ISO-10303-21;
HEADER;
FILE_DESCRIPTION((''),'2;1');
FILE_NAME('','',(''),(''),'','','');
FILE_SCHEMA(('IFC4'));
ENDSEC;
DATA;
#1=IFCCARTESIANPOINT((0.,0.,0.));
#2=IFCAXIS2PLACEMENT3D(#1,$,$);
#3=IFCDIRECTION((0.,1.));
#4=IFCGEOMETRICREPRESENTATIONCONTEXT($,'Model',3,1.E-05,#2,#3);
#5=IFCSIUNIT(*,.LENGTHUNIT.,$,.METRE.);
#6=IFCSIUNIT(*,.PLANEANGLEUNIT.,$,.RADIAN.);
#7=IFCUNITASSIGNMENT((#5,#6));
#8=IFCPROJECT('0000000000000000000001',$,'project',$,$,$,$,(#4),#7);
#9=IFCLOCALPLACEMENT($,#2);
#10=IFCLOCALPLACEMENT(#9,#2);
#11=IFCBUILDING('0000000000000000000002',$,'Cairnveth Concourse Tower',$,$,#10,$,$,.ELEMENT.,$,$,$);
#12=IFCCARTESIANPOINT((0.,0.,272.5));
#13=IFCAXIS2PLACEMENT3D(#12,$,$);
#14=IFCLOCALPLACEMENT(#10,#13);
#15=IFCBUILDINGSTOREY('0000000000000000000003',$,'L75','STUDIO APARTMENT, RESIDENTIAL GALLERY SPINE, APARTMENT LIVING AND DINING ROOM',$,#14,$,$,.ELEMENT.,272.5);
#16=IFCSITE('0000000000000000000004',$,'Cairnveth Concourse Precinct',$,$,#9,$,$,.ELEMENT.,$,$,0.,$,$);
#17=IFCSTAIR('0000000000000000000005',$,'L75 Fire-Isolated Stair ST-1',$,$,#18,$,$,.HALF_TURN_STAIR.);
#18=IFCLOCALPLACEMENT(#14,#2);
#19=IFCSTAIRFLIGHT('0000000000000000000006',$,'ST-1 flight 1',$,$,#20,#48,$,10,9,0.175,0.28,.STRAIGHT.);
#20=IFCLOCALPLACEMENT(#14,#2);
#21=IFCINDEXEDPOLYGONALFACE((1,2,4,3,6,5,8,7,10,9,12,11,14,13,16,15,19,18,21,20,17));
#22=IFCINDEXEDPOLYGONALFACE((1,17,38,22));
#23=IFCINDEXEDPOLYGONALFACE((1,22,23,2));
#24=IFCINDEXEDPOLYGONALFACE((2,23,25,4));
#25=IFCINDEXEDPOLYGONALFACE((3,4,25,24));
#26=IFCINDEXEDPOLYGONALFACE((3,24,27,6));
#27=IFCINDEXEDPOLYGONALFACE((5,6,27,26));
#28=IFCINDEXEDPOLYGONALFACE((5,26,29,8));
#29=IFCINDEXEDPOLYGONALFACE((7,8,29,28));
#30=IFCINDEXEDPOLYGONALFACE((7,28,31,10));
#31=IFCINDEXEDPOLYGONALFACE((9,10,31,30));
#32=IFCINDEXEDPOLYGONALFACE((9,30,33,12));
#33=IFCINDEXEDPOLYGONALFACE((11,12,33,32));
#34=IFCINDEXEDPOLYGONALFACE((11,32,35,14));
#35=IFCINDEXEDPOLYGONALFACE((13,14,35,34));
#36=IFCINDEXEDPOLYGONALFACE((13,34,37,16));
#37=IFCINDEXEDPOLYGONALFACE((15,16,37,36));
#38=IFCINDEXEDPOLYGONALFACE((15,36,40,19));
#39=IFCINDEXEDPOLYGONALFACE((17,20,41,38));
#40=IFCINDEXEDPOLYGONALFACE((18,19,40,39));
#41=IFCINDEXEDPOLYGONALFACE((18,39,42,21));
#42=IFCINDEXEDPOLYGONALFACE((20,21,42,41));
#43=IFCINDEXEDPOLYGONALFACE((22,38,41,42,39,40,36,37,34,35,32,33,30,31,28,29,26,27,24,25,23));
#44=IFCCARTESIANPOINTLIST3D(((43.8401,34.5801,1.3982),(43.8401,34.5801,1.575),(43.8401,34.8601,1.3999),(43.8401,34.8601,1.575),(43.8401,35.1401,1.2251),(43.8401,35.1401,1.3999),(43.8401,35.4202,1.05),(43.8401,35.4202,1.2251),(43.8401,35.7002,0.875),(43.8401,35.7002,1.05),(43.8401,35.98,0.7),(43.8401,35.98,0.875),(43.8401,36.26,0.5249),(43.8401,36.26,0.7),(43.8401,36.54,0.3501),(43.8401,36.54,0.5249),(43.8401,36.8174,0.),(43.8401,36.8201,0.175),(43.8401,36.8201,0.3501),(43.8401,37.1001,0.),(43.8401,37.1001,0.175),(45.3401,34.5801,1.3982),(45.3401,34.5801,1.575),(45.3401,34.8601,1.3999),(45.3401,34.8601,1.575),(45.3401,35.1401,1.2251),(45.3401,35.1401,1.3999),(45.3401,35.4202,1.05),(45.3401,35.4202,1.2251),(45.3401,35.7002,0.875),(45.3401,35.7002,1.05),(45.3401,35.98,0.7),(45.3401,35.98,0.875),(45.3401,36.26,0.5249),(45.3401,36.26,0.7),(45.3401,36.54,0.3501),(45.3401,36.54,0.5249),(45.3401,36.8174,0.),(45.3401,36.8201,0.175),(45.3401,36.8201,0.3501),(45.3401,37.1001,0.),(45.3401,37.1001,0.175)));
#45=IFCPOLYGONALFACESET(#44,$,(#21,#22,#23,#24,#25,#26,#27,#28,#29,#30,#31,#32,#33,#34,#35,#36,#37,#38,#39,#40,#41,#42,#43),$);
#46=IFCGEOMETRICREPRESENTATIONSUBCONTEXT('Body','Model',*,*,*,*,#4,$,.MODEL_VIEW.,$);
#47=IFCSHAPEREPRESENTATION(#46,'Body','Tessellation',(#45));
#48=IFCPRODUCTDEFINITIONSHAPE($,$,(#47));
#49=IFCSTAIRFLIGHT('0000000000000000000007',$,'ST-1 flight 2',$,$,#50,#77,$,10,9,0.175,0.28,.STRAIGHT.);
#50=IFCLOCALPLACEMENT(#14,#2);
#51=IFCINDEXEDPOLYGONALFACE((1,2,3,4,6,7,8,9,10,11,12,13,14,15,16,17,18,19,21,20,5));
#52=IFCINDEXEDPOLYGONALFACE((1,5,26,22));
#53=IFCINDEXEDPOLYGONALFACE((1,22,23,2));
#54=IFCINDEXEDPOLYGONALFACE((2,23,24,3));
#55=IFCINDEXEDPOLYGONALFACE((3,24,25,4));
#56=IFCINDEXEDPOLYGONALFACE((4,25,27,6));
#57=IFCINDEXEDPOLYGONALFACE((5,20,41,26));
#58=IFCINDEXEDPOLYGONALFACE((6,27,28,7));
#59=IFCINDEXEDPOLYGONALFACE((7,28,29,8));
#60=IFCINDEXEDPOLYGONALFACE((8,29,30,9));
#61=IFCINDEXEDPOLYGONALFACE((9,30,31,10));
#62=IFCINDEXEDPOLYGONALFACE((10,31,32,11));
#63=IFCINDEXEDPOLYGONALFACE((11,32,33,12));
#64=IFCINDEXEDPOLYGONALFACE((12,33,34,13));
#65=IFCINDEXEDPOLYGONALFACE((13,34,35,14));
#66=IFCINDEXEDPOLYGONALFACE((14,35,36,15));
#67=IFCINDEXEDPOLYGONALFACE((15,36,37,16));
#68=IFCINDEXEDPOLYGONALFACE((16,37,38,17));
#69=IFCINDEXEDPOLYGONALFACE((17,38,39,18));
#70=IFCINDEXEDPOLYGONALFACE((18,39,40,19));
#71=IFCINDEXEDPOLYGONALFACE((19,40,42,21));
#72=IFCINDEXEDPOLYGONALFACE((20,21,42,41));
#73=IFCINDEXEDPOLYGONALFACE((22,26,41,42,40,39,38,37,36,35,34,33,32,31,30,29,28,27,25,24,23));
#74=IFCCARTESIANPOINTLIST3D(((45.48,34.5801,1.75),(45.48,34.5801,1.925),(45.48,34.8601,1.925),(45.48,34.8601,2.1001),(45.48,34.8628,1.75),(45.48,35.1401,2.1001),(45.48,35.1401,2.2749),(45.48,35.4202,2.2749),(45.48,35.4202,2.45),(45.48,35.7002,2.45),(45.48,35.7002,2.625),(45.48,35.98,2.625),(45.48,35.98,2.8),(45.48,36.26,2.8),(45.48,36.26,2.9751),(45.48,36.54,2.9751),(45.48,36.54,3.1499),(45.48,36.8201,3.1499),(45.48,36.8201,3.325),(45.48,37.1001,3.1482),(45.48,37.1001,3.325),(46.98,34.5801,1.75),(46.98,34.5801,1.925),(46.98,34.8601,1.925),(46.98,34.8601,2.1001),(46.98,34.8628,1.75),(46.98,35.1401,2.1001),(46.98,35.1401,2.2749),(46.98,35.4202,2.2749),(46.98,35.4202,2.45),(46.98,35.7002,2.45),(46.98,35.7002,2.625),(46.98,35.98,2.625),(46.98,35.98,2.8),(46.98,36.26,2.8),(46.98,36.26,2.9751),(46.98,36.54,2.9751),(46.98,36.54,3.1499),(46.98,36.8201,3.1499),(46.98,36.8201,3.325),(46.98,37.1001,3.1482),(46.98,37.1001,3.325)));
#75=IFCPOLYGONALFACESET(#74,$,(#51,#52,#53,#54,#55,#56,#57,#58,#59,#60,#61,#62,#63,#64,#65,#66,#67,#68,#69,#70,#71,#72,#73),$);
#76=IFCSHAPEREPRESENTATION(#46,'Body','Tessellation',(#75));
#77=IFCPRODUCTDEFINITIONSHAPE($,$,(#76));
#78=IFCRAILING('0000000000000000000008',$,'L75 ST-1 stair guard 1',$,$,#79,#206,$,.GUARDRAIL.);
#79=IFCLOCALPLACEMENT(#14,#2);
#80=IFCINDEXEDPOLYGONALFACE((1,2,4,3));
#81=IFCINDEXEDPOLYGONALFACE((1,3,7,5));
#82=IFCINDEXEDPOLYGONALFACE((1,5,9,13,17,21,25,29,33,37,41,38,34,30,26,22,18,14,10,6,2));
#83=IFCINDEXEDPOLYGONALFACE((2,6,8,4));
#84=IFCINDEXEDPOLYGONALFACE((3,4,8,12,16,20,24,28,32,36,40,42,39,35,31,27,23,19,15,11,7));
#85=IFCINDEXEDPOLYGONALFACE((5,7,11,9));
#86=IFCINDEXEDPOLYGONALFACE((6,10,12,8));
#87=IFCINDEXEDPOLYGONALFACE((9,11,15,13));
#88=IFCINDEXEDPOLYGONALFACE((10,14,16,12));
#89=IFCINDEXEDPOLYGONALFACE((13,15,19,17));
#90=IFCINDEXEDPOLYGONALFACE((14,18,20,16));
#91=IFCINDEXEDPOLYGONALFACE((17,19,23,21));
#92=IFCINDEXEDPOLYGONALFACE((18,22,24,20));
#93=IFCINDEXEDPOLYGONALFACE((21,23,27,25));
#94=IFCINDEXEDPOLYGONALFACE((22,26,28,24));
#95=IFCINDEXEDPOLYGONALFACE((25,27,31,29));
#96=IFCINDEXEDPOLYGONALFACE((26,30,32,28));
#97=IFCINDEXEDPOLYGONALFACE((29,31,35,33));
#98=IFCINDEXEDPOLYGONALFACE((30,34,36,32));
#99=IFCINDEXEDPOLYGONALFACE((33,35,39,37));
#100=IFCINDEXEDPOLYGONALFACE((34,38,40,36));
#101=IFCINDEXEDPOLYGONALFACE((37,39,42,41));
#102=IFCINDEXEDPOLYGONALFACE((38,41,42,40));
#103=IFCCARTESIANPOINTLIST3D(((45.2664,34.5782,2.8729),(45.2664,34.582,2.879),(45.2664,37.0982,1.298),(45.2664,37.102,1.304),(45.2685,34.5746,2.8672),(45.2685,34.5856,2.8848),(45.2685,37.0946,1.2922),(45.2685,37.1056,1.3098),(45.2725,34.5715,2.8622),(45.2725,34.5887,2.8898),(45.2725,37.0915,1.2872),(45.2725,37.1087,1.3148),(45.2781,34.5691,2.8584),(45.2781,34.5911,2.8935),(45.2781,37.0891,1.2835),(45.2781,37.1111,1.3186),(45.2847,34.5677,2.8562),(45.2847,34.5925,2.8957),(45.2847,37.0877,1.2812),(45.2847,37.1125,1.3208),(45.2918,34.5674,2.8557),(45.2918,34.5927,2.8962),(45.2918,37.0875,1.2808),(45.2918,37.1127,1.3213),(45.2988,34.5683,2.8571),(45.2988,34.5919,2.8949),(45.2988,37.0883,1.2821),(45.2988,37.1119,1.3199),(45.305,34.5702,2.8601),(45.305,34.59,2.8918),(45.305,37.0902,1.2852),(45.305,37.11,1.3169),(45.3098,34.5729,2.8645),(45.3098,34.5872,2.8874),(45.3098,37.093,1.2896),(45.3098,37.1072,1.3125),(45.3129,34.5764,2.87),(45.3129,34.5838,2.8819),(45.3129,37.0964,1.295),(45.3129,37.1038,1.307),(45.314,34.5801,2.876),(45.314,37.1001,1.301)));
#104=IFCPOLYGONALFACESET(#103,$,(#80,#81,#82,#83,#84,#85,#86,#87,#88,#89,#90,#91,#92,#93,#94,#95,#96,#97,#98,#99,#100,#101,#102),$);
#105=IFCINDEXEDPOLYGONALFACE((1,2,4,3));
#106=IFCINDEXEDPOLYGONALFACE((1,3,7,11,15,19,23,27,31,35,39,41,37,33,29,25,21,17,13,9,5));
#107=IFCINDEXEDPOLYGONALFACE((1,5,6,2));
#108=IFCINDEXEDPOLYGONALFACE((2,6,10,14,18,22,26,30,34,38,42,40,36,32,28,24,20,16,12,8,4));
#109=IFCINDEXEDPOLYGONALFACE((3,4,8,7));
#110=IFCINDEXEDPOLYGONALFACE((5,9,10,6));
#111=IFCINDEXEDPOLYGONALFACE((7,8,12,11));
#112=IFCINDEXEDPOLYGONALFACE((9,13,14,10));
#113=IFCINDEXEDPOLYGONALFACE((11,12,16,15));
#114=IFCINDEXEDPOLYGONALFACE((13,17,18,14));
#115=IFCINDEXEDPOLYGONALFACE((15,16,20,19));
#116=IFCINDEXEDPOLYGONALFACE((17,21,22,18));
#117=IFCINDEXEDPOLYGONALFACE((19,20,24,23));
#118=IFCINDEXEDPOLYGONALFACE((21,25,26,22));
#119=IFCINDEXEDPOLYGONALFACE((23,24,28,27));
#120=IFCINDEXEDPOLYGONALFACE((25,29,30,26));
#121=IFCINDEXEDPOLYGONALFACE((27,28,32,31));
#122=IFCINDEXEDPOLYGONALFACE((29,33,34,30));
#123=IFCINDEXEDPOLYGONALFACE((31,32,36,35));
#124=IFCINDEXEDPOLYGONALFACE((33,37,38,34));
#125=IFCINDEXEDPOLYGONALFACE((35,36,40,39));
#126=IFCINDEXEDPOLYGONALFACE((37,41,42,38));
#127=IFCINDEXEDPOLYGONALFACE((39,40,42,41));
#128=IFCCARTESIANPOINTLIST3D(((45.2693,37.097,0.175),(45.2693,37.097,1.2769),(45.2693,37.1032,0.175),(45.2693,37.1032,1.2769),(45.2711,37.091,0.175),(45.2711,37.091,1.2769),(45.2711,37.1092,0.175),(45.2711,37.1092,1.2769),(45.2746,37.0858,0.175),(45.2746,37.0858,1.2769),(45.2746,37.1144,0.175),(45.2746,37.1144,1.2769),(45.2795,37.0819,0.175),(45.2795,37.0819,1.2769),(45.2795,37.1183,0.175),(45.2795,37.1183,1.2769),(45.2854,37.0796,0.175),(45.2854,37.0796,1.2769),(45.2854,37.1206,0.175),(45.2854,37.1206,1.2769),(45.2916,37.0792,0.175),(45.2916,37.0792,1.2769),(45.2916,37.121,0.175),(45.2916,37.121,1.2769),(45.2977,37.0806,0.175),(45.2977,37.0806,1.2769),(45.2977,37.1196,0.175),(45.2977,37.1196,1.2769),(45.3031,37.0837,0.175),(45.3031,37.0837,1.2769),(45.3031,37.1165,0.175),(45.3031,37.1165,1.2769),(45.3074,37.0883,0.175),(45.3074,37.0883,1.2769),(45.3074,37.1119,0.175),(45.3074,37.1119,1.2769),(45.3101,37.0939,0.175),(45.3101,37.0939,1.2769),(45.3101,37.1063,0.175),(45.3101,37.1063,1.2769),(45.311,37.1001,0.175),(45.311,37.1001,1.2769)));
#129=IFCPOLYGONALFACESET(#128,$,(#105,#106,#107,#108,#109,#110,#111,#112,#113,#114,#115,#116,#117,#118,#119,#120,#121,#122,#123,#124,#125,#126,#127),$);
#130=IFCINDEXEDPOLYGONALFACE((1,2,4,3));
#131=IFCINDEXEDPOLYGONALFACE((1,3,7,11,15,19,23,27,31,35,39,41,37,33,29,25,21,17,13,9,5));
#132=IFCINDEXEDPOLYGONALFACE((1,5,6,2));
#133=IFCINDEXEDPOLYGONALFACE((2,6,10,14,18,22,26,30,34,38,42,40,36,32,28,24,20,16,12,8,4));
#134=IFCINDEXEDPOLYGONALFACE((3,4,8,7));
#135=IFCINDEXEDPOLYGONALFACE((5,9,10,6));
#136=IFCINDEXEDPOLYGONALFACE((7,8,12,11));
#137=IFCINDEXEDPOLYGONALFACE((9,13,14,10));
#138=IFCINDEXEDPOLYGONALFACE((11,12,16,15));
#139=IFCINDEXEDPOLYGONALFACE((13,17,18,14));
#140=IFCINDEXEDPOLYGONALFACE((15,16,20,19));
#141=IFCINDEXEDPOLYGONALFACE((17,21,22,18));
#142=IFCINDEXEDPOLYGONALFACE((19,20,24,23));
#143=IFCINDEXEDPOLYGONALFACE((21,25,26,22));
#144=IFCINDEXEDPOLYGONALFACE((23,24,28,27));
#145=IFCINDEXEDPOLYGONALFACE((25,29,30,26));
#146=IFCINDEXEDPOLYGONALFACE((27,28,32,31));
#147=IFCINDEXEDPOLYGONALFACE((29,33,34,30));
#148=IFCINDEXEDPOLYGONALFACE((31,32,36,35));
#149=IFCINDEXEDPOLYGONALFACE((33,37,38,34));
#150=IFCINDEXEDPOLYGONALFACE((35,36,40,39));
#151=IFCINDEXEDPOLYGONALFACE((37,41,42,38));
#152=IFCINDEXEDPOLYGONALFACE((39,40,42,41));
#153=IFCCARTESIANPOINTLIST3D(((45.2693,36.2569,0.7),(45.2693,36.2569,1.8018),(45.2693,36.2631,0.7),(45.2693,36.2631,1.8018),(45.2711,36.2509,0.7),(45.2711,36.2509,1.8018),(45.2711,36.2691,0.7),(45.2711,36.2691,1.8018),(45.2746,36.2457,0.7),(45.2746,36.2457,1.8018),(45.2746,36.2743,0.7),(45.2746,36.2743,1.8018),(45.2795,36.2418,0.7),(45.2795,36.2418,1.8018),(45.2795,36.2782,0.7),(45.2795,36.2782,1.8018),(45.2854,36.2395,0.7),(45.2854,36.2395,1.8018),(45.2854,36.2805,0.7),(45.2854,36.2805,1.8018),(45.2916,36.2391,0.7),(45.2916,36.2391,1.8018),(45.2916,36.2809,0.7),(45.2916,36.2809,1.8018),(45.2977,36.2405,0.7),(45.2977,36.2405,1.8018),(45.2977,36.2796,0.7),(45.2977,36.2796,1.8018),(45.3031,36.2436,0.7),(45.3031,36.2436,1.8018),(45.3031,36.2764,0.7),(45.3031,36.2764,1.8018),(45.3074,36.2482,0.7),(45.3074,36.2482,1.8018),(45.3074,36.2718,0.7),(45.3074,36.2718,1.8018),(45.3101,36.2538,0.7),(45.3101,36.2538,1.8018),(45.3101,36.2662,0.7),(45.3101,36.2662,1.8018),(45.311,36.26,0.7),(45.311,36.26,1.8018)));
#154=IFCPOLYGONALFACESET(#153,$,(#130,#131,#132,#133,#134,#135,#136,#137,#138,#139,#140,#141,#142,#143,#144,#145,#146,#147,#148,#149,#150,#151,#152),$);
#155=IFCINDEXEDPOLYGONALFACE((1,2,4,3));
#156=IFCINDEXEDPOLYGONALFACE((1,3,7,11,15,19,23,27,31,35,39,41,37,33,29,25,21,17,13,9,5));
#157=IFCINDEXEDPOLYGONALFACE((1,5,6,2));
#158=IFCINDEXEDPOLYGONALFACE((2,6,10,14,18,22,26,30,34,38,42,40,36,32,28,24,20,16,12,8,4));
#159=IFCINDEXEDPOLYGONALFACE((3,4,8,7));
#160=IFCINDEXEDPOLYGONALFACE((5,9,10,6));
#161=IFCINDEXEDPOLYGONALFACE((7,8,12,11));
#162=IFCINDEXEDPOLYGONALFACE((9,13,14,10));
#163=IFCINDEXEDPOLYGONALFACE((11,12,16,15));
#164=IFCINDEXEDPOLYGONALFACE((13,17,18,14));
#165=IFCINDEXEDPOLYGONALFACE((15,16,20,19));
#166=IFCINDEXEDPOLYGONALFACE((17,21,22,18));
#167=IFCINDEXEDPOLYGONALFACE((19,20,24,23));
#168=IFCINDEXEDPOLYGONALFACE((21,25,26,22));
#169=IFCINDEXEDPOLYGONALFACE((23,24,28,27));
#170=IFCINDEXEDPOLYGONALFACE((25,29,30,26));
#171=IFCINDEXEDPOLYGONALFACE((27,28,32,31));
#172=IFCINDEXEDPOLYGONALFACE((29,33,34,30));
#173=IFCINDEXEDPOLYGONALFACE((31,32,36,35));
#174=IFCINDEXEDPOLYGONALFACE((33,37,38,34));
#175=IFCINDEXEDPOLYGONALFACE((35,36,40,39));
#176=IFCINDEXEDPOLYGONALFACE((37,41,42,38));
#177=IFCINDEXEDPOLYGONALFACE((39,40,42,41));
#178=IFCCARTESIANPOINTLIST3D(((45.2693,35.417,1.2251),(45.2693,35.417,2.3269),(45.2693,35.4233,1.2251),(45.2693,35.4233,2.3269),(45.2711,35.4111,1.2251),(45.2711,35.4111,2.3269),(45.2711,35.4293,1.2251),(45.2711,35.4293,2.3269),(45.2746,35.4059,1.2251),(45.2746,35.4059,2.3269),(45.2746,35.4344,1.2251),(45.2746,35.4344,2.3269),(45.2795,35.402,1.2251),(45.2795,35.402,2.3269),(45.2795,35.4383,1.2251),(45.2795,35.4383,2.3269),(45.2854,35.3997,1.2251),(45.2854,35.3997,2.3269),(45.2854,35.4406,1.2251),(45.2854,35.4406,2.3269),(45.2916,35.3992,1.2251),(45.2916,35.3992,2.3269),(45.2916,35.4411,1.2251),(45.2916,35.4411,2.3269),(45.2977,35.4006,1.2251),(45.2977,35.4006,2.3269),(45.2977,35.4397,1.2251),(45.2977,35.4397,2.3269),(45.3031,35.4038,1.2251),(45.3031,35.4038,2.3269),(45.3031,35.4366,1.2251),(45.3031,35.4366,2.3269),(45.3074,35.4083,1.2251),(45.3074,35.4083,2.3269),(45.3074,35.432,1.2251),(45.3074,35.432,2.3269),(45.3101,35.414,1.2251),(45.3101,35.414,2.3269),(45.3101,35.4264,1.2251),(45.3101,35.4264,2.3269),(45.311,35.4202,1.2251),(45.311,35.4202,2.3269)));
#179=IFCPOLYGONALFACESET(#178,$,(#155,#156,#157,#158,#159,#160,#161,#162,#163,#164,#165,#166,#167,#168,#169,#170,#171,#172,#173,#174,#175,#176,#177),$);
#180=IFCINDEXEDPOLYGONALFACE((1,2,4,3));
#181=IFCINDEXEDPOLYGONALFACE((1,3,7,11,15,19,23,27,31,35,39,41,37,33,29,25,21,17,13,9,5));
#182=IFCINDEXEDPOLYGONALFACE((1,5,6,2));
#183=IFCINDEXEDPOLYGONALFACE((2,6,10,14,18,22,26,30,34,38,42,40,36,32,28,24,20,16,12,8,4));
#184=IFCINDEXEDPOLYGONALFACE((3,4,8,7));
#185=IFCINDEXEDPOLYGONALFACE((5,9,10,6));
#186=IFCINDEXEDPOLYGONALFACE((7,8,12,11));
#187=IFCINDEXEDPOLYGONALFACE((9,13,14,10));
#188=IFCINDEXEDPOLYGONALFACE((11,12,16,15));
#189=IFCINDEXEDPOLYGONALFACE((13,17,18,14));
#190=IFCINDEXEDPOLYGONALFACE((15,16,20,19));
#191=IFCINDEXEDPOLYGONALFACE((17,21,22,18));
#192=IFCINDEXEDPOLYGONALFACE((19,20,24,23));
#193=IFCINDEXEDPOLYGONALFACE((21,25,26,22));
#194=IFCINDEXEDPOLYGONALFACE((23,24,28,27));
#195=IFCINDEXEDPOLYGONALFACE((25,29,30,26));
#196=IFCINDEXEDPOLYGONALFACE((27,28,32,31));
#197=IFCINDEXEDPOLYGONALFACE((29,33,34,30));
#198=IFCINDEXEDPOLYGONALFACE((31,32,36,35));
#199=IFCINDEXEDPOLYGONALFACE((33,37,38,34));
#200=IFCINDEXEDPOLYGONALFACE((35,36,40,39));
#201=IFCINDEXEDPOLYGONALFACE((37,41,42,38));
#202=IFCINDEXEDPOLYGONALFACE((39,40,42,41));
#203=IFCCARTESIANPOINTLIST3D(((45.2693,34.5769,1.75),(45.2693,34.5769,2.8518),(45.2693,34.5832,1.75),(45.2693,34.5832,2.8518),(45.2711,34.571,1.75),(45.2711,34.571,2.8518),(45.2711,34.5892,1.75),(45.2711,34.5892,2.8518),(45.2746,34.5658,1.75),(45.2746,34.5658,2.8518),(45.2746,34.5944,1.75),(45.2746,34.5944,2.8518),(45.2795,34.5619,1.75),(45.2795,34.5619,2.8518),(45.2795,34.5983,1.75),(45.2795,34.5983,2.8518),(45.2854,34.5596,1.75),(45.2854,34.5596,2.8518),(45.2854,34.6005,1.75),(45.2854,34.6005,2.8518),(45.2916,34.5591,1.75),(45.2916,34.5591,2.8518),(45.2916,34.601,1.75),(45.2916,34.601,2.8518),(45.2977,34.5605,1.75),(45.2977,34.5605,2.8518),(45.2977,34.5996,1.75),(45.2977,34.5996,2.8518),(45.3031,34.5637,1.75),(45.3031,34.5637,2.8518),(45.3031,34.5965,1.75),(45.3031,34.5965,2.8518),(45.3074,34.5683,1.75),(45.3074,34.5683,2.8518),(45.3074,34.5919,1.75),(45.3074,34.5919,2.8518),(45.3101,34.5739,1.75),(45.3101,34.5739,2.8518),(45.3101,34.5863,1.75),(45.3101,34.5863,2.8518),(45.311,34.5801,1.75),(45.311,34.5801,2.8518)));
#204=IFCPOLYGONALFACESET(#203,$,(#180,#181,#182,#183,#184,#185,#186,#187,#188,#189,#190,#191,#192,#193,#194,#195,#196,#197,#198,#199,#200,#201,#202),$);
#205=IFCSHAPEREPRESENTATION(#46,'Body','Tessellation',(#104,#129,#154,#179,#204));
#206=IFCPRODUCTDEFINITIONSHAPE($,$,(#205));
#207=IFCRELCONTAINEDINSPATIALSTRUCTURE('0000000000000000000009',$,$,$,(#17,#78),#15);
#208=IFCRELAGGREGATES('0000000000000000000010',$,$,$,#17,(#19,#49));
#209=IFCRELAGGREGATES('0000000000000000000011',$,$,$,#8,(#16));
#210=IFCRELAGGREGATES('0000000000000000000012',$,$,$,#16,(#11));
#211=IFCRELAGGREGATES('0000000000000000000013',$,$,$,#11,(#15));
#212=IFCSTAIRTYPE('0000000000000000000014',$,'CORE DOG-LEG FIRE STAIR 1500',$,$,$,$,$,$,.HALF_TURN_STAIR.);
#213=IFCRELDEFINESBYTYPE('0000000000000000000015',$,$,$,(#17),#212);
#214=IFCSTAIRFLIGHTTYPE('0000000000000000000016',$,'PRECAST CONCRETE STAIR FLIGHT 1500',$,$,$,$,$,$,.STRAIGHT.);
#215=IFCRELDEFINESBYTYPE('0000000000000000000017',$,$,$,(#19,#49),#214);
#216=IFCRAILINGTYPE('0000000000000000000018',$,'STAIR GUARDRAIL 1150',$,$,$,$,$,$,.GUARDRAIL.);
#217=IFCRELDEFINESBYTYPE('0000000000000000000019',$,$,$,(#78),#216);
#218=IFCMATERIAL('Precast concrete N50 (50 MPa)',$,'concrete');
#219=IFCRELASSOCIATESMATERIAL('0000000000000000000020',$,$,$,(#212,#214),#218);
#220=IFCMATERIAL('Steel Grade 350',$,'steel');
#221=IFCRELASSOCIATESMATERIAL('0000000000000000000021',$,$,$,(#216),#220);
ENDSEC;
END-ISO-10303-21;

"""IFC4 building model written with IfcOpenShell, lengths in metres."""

from ifc_helpers import new_model, si_unit, direction, frame, origin, origin_2d, place, context, subcontext, project, spatial, polyline, circle, outline, extrude, material, type_object, element, aggregate, save


model = new_model("IFC4")

# Units and contexts
model_context = context("Model", 3, precision=1e-05, world=origin(), true_north=direction((0.0, 1.0)))
body_context = subcontext(model_context, "Body", "Model", "MODEL_VIEW")
ifc_project = project(units=[si_unit("LENGTHUNIT", "METRE"), si_unit("PLANEANGLEUNIT", "RADIAN")], contexts=[model_context])

# Site, building, storey
site_placement = place(None, origin())
site = spatial("IfcSite", under=ifc_project, at=site_placement, Name="Cairnveth Concourse Precinct", CompositionType="ELEMENT", RefElevation=0.0)
building_placement = place(site_placement, origin())
building = spatial("IfcBuilding", under=site, at=building_placement, Name="Cairnveth Concourse Tower", CompositionType="ELEMENT")
storey_placement = place(building_placement, frame((0.0, 0.0, 272.5)))
storey = spatial("IfcBuildingStorey", under=building, at=storey_placement, Name="L75", Description="STUDIO APARTMENT, RESIDENTIAL GALLERY SPINE, APARTMENT LIVING AND DINING ROOM", CompositionType="ELEMENT", Elevation=272.5)

# Shared definitions
ifc_material_1 = material(Name="Steel Grade 350", Category="steel")

# Stair, stair flights
ifc_material_2 = material(Name="Precast concrete N50 (50 MPa)", Category="concrete")
stair_type = type_object("IfcStairType", Name="CORE DOG-LEG FIRE STAIR 1500", PredefinedType="HALF_TURN_STAIR", material=ifc_material_2)
stair_placement = place(storey_placement, origin())
stair = element("IfcStair", 1, at=stair_placement, inside=storey, type_object=stair_type, Name="L75 Fire-Isolated Stair ST-1", PredefinedType="HALF_TURN_STAIR")
stair_flight_type = type_object("IfcStairFlightType", Name="PRECAST CONCRETE STAIR FLIGHT 1500", PredefinedType="STRAIGHT", material=ifc_material_2)
stair_flight_1_placement = place(storey_placement, frame((44.5901, 37.1001, 0.0), z_axis=(0.0, 0.0, 1.0), x_axis=(0.0, -1.0, 0.0)))
stair_flight_1 = element("IfcStairFlight", 2, at=stair_flight_1_placement, type_object=stair_flight_type, Name="ST-1 flight 1", NumberOfRisers=10, NumberOfTreads=9, PredefinedType="STRAIGHT", RiserHeight=0.175, TreadLength=0.28, context=body_context, shape_type="SweptSolid", body=[
    extrude(outline(polyline([(0.0, 0.0), (0.0, 0.175), (0.28, 0.175), (0.28, 0.3501), (0.5601, 0.3501), (0.5601, 0.5249), (0.8401, 0.5249), (0.8401, 0.7), (1.1201, 0.7), (1.1201, 0.875), (1.3999, 0.875), (1.3999, 1.05), (1.6799, 1.05), (1.6799, 1.2251), (1.96, 1.2251), (1.96, 1.3999), (2.24, 1.3999), (2.24, 1.575), (2.52, 1.575), (2.52, 1.75), (2.52, 1.3982), (0.2827, 0.0), (0.0, 0.0)])), frame((0.0, 0.75, 0.0), z_axis=(0.0, -1.0, 0.0), x_axis=(1.0, 0.0, 0.0)), (0.0, 0.0, 1.0), 1.5),
])
stair_flight_2_placement = place(storey_placement, frame((46.23, 34.5801, 1.75), z_axis=(0.0, 0.0, 1.0), x_axis=(0.0, 1.0, 0.0)))
stair_flight_2 = element("IfcStairFlight", 3, at=stair_flight_2_placement, type_object=stair_flight_type, Name="ST-1 flight 2", NumberOfRisers=10, NumberOfTreads=9, PredefinedType="STRAIGHT", RiserHeight=0.175, TreadLength=0.28, context=body_context, shape_type="SweptSolid", body=[
    extrude(outline(polyline([(0.0, 0.0), (0.0, 0.175), (0.28, 0.175), (0.28, 0.3501), (0.5601, 0.3501), (0.5601, 0.5249), (0.8401, 0.5249), (0.8401, 0.7), (1.1201, 0.7), (1.1201, 0.875), (1.3999, 0.875), (1.3999, 1.05), (1.6799, 1.05), (1.6799, 1.2251), (1.96, 1.2251), (1.96, 1.3999), (2.24, 1.3999), (2.24, 1.575), (2.52, 1.575), (2.52, 1.75), (2.52, 1.3982), (0.2827, 0.0), (0.0, 0.0)])), frame((0.0, 0.75, 0.0), z_axis=(0.0, -1.0, 0.0), x_axis=(1.0, 0.0, 0.0)), (0.0, 0.0, 1.0), 1.5),
])
aggregate(stair, [stair_flight_1, stair_flight_2])

# Railing
railing_type_1 = type_object("IfcRailingType", Name="STAIR GUARDRAIL 1150", PredefinedType="GUARDRAIL", material=ifc_material_1)
railing_1_placement = place(storey_placement, frame((45.29, 37.1001, 0.175)))
element("IfcRailing", 4, at=railing_1_placement, inside=storey, type_object=railing_type_1, Name="L75 ST-1 stair guard 1", PredefinedType="GUARDRAIL", context=body_context, shape_type="SweptSolid", body=[
    extrude(circle(Radius=0.0239, at=origin_2d()), frame((0.0, 0.0, 1.126), z_axis=(0.0, -0.848008, 0.529984), x_axis=(1.0, 0.0, 0.0)), (0.0, 0.0, 1.0), 2.9717),
    extrude(circle(Radius=0.021, at=origin_2d()), origin(), (0.0, 0.0, 1.0), 1.1018),
    extrude(circle(Radius=0.021, at=origin_2d()), frame((0.0, -0.8401, 0.5249)), (0.0, 0.0, 1.0), 1.1018),
    extrude(circle(Radius=0.021, at=origin_2d()), frame((0.0, -1.6799, 1.05)), (0.0, 0.0, 1.0), 1.1018),
    extrude(circle(Radius=0.021, at=origin_2d()), frame((0.0, -2.52, 1.575)), (0.0, 0.0, 1.0), 1.1018),
])

save(model, "model.ifc")
